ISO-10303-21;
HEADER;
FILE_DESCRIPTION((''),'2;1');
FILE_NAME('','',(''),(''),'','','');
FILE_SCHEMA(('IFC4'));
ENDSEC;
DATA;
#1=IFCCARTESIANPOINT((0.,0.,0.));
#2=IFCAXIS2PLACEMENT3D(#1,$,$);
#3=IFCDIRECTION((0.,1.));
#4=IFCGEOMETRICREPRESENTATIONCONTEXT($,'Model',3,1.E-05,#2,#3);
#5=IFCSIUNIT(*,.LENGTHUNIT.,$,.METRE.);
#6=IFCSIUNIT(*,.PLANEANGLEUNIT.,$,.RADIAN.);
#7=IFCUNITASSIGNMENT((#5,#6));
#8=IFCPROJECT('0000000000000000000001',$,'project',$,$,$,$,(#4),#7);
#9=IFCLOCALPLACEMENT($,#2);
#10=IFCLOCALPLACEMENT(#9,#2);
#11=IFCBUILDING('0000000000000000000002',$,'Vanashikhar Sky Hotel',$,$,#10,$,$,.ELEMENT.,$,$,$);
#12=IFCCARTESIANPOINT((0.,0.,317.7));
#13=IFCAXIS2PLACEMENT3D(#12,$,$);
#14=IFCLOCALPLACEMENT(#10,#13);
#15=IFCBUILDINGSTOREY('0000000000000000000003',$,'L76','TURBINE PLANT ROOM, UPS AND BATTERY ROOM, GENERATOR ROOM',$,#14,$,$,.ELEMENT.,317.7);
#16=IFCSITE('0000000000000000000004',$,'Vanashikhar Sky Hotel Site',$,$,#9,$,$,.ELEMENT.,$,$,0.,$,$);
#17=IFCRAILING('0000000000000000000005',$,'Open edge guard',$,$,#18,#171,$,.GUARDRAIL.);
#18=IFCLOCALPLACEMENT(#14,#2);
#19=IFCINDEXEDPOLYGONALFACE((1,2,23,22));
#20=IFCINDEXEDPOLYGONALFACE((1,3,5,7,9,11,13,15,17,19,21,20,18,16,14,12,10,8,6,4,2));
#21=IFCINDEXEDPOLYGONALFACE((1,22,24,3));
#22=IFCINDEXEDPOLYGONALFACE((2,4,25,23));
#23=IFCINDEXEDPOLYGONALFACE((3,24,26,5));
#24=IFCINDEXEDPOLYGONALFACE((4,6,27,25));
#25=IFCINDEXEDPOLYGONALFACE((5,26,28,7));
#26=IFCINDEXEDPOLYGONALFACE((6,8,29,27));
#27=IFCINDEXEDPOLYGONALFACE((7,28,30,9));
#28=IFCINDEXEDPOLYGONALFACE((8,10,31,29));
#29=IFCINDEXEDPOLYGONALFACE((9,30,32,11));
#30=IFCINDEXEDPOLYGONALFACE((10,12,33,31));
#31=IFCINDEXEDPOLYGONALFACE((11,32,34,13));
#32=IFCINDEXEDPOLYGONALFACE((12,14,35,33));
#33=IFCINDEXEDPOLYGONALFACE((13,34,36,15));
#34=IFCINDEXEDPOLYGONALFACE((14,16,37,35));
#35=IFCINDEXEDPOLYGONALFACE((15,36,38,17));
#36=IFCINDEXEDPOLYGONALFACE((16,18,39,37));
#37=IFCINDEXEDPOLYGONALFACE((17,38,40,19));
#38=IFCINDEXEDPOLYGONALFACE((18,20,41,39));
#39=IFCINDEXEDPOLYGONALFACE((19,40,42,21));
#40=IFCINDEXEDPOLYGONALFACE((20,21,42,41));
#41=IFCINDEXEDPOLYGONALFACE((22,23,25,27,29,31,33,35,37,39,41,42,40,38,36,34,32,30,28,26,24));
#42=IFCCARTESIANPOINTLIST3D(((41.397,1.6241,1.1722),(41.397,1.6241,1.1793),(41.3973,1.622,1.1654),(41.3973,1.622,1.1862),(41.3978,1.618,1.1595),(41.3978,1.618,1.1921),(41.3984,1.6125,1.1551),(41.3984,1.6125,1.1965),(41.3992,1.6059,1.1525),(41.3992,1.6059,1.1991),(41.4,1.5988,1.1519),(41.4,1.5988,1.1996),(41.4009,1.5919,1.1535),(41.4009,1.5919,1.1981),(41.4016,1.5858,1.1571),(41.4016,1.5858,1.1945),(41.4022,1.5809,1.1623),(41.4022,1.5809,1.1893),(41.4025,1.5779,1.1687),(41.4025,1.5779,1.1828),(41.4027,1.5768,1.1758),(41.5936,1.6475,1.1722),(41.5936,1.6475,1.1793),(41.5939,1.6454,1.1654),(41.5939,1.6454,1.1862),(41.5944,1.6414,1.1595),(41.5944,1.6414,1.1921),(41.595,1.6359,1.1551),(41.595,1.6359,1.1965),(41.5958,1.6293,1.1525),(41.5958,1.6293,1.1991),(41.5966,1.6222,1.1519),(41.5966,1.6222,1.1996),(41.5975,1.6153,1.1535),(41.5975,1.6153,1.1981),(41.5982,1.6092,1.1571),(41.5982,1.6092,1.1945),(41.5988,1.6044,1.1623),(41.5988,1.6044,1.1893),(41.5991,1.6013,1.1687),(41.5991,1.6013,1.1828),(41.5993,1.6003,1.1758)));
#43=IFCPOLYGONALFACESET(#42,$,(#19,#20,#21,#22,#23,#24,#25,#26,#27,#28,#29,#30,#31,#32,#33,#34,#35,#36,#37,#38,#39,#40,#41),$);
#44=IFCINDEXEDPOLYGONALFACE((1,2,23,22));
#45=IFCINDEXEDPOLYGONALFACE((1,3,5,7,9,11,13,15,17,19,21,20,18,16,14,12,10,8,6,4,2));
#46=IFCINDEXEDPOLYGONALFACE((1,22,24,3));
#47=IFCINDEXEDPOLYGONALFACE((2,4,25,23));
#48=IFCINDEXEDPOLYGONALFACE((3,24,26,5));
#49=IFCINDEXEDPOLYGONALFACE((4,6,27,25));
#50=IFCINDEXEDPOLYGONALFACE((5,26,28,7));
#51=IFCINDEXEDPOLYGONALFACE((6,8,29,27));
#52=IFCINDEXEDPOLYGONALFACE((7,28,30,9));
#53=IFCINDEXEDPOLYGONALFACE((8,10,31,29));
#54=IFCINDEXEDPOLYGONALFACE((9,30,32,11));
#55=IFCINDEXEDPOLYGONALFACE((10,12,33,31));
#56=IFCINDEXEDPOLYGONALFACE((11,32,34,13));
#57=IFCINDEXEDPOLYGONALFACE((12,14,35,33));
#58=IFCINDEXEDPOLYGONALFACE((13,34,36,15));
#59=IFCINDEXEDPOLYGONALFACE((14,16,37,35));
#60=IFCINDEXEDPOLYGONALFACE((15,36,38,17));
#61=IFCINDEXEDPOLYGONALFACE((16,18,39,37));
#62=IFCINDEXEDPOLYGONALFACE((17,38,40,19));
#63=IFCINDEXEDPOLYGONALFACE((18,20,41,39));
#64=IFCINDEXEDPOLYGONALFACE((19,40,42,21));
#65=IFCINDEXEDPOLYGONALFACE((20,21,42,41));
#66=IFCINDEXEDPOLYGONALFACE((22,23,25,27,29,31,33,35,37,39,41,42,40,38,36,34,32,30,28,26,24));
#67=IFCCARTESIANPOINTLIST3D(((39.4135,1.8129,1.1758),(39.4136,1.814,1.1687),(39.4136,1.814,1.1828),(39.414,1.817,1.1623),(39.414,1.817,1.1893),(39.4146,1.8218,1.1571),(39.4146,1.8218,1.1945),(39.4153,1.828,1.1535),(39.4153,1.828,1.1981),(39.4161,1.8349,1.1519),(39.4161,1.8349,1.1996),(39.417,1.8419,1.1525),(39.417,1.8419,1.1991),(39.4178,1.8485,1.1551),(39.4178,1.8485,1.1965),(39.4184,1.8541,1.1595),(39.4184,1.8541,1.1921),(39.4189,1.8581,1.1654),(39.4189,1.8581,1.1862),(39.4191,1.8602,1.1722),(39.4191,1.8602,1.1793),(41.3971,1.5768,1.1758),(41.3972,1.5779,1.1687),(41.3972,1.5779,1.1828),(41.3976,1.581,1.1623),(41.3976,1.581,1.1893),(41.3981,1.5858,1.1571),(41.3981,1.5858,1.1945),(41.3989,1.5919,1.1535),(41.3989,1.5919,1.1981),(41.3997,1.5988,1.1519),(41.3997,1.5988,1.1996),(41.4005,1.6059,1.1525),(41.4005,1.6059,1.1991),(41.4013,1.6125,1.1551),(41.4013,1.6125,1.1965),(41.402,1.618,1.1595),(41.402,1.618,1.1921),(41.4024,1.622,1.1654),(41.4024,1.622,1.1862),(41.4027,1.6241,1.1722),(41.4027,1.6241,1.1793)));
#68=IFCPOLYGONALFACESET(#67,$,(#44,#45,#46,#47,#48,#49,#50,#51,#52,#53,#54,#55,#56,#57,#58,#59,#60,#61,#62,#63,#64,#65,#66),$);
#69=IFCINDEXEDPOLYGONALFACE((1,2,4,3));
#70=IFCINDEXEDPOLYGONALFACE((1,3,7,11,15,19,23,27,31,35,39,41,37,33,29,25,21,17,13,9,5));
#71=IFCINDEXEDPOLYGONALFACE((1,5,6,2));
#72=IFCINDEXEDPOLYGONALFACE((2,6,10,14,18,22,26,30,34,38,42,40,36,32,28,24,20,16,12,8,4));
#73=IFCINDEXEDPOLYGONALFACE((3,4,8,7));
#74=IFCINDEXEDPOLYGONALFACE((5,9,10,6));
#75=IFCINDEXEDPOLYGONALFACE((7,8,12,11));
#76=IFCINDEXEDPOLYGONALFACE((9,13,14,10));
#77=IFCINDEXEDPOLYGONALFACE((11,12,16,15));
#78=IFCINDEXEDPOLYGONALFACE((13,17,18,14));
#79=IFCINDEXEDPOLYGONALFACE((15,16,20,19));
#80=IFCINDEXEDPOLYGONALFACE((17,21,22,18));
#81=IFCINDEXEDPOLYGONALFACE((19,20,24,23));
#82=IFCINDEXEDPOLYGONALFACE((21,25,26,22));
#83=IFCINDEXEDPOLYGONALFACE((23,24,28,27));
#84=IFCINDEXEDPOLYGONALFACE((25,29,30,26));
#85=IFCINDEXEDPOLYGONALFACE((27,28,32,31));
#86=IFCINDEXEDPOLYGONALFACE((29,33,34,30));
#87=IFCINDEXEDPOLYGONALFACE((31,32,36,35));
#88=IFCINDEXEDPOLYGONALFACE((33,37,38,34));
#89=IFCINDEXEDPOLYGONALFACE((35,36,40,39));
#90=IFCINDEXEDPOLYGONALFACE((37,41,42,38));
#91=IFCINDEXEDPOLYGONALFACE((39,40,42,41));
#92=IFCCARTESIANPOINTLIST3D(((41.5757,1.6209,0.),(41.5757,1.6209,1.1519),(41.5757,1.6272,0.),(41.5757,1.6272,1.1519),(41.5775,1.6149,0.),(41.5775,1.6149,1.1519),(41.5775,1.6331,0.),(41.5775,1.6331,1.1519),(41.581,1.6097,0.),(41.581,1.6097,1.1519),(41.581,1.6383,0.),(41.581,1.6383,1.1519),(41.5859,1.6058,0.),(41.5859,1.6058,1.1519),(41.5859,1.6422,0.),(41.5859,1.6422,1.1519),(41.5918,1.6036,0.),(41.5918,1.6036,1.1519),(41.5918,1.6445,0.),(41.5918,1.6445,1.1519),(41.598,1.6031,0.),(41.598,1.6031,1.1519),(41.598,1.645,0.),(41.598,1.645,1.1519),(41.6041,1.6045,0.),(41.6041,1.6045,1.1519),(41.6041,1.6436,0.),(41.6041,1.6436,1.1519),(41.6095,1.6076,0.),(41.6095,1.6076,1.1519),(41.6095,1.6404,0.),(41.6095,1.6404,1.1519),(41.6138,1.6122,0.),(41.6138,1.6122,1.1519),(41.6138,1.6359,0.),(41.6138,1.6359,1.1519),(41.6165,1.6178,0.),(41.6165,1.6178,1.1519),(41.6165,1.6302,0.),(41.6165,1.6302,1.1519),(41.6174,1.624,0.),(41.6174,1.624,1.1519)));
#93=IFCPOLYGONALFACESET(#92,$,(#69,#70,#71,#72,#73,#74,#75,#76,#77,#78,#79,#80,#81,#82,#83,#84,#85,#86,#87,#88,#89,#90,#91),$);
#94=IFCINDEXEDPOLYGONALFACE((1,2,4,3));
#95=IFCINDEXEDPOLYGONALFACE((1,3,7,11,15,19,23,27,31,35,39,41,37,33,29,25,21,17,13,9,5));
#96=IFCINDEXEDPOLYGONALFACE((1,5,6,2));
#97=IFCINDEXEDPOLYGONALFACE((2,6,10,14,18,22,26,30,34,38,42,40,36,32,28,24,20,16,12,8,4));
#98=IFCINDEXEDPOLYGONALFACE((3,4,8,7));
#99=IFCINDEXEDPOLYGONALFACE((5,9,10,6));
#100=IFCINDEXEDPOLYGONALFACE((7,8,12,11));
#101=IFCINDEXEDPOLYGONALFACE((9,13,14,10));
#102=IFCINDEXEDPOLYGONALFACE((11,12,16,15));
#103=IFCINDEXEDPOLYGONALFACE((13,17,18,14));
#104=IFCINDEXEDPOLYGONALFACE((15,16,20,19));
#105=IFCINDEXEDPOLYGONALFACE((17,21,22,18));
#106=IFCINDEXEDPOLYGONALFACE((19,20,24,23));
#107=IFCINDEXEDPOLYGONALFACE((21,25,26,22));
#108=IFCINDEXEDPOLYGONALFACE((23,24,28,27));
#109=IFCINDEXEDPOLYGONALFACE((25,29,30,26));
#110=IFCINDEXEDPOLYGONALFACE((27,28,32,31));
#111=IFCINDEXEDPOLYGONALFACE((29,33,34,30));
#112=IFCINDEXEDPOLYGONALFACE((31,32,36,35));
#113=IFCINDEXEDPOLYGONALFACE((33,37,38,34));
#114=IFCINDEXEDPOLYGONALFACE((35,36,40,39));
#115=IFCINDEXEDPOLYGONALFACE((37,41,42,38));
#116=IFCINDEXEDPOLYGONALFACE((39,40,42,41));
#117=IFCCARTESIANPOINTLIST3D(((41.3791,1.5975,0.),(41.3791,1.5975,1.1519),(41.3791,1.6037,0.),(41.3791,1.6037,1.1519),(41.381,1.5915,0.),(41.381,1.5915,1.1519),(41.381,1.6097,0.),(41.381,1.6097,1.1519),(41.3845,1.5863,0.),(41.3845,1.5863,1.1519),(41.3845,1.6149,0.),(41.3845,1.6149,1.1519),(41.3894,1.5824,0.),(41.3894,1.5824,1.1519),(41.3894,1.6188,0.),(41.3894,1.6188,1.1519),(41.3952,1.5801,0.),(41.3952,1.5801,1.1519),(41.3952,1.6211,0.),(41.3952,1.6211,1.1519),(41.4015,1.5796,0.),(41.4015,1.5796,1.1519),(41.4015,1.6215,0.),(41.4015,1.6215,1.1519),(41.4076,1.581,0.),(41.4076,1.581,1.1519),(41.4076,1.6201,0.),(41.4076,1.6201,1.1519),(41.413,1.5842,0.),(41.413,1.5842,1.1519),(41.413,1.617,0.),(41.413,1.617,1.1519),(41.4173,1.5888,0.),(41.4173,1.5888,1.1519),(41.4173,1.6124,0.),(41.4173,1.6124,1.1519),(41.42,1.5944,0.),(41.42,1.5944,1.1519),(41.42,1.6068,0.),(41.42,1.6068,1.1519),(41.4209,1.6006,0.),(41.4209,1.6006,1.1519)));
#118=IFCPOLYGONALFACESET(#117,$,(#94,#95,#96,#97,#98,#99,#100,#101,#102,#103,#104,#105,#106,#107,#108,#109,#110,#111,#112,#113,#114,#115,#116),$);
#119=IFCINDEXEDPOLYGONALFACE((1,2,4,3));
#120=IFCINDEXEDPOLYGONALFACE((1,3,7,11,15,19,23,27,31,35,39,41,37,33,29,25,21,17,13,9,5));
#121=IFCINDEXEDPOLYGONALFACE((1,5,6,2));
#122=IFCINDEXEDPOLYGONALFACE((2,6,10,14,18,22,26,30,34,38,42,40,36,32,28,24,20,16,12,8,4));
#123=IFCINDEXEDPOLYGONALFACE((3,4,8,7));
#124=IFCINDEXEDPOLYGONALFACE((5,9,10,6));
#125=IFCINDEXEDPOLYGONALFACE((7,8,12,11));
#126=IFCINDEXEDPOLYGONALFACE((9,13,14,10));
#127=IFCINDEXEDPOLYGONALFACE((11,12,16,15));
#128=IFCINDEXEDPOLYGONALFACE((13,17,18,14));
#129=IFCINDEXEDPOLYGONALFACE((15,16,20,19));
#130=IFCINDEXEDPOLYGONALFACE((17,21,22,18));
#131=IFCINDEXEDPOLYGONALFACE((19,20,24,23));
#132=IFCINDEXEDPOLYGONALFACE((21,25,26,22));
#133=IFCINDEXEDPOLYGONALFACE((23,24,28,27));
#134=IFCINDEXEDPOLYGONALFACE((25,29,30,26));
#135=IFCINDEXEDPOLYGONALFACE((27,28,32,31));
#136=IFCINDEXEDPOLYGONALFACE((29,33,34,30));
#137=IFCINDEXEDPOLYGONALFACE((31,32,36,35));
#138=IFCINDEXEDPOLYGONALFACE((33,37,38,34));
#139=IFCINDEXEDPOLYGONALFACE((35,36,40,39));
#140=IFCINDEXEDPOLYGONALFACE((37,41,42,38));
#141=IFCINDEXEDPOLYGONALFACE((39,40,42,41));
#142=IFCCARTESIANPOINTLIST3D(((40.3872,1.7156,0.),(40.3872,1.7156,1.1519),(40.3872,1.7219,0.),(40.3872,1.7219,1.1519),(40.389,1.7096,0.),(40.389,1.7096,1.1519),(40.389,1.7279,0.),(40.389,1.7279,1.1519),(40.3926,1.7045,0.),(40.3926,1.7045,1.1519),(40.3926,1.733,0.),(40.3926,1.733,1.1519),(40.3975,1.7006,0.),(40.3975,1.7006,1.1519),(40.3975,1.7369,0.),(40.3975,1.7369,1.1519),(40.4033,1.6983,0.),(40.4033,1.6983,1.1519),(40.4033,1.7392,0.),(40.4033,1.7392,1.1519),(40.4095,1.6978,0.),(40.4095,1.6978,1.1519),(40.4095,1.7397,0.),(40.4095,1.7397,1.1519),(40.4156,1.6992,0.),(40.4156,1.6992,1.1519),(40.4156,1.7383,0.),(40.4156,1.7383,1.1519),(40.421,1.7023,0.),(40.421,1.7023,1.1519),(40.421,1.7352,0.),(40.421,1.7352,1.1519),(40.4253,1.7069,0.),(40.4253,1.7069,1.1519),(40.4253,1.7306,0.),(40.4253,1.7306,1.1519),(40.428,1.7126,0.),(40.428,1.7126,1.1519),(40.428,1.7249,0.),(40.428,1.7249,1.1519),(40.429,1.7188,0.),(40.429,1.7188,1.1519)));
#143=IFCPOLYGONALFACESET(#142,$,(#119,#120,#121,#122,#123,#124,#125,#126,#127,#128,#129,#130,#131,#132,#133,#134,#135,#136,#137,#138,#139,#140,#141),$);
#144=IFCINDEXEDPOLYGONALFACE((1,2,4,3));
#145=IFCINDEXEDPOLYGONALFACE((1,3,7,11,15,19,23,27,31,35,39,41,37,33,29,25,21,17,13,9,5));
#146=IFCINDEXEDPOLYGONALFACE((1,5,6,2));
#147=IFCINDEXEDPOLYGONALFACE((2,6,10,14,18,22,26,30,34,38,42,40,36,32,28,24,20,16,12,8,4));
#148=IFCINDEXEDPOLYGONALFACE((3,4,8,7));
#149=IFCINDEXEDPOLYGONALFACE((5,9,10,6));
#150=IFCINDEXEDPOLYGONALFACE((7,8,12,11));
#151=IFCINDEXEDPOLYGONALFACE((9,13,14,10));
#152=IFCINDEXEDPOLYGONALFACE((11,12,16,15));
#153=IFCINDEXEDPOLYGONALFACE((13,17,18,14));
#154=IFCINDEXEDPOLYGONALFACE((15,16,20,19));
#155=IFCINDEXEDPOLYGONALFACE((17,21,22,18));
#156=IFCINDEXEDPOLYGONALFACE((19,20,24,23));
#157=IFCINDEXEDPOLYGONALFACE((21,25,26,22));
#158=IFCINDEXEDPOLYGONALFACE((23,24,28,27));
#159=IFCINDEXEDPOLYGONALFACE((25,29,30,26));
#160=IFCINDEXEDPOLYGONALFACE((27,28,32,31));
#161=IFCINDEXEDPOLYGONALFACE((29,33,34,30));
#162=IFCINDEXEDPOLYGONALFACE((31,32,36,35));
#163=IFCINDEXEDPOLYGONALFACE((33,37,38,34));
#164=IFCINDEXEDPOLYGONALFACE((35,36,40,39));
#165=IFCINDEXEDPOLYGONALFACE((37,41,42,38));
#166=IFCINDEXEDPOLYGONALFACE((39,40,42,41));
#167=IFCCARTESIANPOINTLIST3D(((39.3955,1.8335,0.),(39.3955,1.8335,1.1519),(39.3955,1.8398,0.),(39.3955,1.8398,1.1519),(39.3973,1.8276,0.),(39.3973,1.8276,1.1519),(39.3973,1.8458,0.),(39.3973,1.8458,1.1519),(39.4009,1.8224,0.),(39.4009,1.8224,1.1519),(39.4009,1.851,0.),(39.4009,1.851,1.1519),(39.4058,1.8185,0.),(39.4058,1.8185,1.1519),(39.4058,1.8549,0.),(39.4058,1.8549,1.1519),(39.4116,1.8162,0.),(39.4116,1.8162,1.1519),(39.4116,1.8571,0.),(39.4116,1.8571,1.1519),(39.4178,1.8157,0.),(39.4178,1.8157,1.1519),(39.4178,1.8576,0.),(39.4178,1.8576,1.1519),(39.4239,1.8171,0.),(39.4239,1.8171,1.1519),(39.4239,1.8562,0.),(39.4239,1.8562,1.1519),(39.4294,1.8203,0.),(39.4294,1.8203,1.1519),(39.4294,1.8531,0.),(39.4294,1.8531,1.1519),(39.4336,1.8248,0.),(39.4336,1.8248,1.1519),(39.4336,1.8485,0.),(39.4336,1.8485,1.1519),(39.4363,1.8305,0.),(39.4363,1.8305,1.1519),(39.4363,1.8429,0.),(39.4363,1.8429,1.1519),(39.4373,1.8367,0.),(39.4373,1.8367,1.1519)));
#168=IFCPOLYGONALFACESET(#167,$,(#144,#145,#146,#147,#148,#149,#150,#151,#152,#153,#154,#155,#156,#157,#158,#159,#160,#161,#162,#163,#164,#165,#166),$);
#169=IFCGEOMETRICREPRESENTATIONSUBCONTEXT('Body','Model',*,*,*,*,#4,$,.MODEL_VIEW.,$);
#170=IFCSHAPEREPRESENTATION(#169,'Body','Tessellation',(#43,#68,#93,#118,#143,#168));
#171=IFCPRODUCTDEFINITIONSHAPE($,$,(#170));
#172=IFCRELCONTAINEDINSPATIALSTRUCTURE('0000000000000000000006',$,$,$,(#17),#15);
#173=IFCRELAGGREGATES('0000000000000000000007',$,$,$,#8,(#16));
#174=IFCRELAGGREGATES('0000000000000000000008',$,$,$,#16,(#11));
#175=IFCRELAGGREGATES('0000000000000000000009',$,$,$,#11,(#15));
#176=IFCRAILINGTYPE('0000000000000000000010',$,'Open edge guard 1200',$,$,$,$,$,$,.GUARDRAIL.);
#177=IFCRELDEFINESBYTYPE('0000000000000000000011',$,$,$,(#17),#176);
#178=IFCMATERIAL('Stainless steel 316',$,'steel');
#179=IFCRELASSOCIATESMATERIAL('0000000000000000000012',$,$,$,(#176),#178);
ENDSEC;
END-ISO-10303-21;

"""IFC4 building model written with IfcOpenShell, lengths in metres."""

from ifc_helpers import new_model, si_unit, direction, frame, origin, origin_2d, place, context, subcontext, project, spatial, circle, extrude, source, transform, mapped, material, type_object, element, save


model = new_model("IFC4")

# Units and contexts
model_context = context("Model", 3, precision=1e-05, world=origin(), true_north=direction((0.0, 1.0)))
body_context = subcontext(model_context, "Body", "Model", "MODEL_VIEW")
ifc_project = project(units=[si_unit("LENGTHUNIT", "METRE"), si_unit("PLANEANGLEUNIT", "RADIAN")], contexts=[model_context])

# Site, building, storey
site_placement = place(None, origin())
site = spatial("IfcSite", under=ifc_project, at=site_placement, Name="Vanashikhar Sky Hotel Site", CompositionType="ELEMENT", RefElevation=0.0)
building_placement = place(site_placement, origin())
building = spatial("IfcBuilding", under=site, at=building_placement, Name="Vanashikhar Sky Hotel", CompositionType="ELEMENT")
storey_placement = place(building_placement, frame((0.0, 0.0, 317.7)))
storey = spatial("IfcBuildingStorey", under=building, at=storey_placement, Name="L76", Description="TURBINE PLANT ROOM, UPS AND BATTERY ROOM, GENERATOR ROOM", CompositionType="ELEMENT", Elevation=317.7)

# Railing
ifc_material_1 = material(Name="Stainless steel 316", Category="steel")
railing_type = type_object("IfcRailingType", Name="Open edge guard 1200", PredefinedType="GUARDRAIL", material=ifc_material_1)
shared_shape_1 = source(origin(), body_context, "Body", "SweptSolid", [
    extrude(circle(Radius=0.0239, at=origin_2d()), frame((0.0, 0.0, 1.1758), z_axis=(-0.992964, -0.118416, 0.0), x_axis=(0.118416, -0.992964, 0.0)), (0.0, 0.0, 1.0), 0.198),
    extrude(circle(Radius=0.0239, at=origin_2d()), frame((-0.1965, -0.0234, 1.1758), z_axis=(-0.992992, 0.118181, 0.0), x_axis=(-0.118181, -0.992992, 0.0)), (0.0, 0.0, 1.0), 1.9976),
    extrude(circle(Radius=0.021, at=origin_2d()), origin(), (0.0, 0.0, 1.0), 1.1519),
    extrude(circle(Radius=0.021, at=origin_2d()), frame((-0.1965, -0.0234, 0.0)), (0.0, 0.0, 1.0), 1.1519),
    extrude(circle(Radius=0.021, at=origin_2d()), frame((-1.1885, 0.0947, 0.0)), (0.0, 0.0, 1.0), 1.1519),
    extrude(circle(Radius=0.021, at=origin_2d()), frame((-2.1802, 0.2126, 0.0)), (0.0, 0.0, 1.0), 1.1519),
])
railing_1_placement = place(storey_placement, frame((41.5964, 1.624, 0.0)))
element("IfcRailing", 1, at=railing_1_placement, inside=storey, type_object=railing_type, Name="Open edge guard", PredefinedType="GUARDRAIL", context=body_context, shape_type="MappedRepresentation", body=[
    mapped(shared_shape_1, transform((0.0, 0.0, 0.0), scale=1.0)),
])

save(model, "model.ifc")
